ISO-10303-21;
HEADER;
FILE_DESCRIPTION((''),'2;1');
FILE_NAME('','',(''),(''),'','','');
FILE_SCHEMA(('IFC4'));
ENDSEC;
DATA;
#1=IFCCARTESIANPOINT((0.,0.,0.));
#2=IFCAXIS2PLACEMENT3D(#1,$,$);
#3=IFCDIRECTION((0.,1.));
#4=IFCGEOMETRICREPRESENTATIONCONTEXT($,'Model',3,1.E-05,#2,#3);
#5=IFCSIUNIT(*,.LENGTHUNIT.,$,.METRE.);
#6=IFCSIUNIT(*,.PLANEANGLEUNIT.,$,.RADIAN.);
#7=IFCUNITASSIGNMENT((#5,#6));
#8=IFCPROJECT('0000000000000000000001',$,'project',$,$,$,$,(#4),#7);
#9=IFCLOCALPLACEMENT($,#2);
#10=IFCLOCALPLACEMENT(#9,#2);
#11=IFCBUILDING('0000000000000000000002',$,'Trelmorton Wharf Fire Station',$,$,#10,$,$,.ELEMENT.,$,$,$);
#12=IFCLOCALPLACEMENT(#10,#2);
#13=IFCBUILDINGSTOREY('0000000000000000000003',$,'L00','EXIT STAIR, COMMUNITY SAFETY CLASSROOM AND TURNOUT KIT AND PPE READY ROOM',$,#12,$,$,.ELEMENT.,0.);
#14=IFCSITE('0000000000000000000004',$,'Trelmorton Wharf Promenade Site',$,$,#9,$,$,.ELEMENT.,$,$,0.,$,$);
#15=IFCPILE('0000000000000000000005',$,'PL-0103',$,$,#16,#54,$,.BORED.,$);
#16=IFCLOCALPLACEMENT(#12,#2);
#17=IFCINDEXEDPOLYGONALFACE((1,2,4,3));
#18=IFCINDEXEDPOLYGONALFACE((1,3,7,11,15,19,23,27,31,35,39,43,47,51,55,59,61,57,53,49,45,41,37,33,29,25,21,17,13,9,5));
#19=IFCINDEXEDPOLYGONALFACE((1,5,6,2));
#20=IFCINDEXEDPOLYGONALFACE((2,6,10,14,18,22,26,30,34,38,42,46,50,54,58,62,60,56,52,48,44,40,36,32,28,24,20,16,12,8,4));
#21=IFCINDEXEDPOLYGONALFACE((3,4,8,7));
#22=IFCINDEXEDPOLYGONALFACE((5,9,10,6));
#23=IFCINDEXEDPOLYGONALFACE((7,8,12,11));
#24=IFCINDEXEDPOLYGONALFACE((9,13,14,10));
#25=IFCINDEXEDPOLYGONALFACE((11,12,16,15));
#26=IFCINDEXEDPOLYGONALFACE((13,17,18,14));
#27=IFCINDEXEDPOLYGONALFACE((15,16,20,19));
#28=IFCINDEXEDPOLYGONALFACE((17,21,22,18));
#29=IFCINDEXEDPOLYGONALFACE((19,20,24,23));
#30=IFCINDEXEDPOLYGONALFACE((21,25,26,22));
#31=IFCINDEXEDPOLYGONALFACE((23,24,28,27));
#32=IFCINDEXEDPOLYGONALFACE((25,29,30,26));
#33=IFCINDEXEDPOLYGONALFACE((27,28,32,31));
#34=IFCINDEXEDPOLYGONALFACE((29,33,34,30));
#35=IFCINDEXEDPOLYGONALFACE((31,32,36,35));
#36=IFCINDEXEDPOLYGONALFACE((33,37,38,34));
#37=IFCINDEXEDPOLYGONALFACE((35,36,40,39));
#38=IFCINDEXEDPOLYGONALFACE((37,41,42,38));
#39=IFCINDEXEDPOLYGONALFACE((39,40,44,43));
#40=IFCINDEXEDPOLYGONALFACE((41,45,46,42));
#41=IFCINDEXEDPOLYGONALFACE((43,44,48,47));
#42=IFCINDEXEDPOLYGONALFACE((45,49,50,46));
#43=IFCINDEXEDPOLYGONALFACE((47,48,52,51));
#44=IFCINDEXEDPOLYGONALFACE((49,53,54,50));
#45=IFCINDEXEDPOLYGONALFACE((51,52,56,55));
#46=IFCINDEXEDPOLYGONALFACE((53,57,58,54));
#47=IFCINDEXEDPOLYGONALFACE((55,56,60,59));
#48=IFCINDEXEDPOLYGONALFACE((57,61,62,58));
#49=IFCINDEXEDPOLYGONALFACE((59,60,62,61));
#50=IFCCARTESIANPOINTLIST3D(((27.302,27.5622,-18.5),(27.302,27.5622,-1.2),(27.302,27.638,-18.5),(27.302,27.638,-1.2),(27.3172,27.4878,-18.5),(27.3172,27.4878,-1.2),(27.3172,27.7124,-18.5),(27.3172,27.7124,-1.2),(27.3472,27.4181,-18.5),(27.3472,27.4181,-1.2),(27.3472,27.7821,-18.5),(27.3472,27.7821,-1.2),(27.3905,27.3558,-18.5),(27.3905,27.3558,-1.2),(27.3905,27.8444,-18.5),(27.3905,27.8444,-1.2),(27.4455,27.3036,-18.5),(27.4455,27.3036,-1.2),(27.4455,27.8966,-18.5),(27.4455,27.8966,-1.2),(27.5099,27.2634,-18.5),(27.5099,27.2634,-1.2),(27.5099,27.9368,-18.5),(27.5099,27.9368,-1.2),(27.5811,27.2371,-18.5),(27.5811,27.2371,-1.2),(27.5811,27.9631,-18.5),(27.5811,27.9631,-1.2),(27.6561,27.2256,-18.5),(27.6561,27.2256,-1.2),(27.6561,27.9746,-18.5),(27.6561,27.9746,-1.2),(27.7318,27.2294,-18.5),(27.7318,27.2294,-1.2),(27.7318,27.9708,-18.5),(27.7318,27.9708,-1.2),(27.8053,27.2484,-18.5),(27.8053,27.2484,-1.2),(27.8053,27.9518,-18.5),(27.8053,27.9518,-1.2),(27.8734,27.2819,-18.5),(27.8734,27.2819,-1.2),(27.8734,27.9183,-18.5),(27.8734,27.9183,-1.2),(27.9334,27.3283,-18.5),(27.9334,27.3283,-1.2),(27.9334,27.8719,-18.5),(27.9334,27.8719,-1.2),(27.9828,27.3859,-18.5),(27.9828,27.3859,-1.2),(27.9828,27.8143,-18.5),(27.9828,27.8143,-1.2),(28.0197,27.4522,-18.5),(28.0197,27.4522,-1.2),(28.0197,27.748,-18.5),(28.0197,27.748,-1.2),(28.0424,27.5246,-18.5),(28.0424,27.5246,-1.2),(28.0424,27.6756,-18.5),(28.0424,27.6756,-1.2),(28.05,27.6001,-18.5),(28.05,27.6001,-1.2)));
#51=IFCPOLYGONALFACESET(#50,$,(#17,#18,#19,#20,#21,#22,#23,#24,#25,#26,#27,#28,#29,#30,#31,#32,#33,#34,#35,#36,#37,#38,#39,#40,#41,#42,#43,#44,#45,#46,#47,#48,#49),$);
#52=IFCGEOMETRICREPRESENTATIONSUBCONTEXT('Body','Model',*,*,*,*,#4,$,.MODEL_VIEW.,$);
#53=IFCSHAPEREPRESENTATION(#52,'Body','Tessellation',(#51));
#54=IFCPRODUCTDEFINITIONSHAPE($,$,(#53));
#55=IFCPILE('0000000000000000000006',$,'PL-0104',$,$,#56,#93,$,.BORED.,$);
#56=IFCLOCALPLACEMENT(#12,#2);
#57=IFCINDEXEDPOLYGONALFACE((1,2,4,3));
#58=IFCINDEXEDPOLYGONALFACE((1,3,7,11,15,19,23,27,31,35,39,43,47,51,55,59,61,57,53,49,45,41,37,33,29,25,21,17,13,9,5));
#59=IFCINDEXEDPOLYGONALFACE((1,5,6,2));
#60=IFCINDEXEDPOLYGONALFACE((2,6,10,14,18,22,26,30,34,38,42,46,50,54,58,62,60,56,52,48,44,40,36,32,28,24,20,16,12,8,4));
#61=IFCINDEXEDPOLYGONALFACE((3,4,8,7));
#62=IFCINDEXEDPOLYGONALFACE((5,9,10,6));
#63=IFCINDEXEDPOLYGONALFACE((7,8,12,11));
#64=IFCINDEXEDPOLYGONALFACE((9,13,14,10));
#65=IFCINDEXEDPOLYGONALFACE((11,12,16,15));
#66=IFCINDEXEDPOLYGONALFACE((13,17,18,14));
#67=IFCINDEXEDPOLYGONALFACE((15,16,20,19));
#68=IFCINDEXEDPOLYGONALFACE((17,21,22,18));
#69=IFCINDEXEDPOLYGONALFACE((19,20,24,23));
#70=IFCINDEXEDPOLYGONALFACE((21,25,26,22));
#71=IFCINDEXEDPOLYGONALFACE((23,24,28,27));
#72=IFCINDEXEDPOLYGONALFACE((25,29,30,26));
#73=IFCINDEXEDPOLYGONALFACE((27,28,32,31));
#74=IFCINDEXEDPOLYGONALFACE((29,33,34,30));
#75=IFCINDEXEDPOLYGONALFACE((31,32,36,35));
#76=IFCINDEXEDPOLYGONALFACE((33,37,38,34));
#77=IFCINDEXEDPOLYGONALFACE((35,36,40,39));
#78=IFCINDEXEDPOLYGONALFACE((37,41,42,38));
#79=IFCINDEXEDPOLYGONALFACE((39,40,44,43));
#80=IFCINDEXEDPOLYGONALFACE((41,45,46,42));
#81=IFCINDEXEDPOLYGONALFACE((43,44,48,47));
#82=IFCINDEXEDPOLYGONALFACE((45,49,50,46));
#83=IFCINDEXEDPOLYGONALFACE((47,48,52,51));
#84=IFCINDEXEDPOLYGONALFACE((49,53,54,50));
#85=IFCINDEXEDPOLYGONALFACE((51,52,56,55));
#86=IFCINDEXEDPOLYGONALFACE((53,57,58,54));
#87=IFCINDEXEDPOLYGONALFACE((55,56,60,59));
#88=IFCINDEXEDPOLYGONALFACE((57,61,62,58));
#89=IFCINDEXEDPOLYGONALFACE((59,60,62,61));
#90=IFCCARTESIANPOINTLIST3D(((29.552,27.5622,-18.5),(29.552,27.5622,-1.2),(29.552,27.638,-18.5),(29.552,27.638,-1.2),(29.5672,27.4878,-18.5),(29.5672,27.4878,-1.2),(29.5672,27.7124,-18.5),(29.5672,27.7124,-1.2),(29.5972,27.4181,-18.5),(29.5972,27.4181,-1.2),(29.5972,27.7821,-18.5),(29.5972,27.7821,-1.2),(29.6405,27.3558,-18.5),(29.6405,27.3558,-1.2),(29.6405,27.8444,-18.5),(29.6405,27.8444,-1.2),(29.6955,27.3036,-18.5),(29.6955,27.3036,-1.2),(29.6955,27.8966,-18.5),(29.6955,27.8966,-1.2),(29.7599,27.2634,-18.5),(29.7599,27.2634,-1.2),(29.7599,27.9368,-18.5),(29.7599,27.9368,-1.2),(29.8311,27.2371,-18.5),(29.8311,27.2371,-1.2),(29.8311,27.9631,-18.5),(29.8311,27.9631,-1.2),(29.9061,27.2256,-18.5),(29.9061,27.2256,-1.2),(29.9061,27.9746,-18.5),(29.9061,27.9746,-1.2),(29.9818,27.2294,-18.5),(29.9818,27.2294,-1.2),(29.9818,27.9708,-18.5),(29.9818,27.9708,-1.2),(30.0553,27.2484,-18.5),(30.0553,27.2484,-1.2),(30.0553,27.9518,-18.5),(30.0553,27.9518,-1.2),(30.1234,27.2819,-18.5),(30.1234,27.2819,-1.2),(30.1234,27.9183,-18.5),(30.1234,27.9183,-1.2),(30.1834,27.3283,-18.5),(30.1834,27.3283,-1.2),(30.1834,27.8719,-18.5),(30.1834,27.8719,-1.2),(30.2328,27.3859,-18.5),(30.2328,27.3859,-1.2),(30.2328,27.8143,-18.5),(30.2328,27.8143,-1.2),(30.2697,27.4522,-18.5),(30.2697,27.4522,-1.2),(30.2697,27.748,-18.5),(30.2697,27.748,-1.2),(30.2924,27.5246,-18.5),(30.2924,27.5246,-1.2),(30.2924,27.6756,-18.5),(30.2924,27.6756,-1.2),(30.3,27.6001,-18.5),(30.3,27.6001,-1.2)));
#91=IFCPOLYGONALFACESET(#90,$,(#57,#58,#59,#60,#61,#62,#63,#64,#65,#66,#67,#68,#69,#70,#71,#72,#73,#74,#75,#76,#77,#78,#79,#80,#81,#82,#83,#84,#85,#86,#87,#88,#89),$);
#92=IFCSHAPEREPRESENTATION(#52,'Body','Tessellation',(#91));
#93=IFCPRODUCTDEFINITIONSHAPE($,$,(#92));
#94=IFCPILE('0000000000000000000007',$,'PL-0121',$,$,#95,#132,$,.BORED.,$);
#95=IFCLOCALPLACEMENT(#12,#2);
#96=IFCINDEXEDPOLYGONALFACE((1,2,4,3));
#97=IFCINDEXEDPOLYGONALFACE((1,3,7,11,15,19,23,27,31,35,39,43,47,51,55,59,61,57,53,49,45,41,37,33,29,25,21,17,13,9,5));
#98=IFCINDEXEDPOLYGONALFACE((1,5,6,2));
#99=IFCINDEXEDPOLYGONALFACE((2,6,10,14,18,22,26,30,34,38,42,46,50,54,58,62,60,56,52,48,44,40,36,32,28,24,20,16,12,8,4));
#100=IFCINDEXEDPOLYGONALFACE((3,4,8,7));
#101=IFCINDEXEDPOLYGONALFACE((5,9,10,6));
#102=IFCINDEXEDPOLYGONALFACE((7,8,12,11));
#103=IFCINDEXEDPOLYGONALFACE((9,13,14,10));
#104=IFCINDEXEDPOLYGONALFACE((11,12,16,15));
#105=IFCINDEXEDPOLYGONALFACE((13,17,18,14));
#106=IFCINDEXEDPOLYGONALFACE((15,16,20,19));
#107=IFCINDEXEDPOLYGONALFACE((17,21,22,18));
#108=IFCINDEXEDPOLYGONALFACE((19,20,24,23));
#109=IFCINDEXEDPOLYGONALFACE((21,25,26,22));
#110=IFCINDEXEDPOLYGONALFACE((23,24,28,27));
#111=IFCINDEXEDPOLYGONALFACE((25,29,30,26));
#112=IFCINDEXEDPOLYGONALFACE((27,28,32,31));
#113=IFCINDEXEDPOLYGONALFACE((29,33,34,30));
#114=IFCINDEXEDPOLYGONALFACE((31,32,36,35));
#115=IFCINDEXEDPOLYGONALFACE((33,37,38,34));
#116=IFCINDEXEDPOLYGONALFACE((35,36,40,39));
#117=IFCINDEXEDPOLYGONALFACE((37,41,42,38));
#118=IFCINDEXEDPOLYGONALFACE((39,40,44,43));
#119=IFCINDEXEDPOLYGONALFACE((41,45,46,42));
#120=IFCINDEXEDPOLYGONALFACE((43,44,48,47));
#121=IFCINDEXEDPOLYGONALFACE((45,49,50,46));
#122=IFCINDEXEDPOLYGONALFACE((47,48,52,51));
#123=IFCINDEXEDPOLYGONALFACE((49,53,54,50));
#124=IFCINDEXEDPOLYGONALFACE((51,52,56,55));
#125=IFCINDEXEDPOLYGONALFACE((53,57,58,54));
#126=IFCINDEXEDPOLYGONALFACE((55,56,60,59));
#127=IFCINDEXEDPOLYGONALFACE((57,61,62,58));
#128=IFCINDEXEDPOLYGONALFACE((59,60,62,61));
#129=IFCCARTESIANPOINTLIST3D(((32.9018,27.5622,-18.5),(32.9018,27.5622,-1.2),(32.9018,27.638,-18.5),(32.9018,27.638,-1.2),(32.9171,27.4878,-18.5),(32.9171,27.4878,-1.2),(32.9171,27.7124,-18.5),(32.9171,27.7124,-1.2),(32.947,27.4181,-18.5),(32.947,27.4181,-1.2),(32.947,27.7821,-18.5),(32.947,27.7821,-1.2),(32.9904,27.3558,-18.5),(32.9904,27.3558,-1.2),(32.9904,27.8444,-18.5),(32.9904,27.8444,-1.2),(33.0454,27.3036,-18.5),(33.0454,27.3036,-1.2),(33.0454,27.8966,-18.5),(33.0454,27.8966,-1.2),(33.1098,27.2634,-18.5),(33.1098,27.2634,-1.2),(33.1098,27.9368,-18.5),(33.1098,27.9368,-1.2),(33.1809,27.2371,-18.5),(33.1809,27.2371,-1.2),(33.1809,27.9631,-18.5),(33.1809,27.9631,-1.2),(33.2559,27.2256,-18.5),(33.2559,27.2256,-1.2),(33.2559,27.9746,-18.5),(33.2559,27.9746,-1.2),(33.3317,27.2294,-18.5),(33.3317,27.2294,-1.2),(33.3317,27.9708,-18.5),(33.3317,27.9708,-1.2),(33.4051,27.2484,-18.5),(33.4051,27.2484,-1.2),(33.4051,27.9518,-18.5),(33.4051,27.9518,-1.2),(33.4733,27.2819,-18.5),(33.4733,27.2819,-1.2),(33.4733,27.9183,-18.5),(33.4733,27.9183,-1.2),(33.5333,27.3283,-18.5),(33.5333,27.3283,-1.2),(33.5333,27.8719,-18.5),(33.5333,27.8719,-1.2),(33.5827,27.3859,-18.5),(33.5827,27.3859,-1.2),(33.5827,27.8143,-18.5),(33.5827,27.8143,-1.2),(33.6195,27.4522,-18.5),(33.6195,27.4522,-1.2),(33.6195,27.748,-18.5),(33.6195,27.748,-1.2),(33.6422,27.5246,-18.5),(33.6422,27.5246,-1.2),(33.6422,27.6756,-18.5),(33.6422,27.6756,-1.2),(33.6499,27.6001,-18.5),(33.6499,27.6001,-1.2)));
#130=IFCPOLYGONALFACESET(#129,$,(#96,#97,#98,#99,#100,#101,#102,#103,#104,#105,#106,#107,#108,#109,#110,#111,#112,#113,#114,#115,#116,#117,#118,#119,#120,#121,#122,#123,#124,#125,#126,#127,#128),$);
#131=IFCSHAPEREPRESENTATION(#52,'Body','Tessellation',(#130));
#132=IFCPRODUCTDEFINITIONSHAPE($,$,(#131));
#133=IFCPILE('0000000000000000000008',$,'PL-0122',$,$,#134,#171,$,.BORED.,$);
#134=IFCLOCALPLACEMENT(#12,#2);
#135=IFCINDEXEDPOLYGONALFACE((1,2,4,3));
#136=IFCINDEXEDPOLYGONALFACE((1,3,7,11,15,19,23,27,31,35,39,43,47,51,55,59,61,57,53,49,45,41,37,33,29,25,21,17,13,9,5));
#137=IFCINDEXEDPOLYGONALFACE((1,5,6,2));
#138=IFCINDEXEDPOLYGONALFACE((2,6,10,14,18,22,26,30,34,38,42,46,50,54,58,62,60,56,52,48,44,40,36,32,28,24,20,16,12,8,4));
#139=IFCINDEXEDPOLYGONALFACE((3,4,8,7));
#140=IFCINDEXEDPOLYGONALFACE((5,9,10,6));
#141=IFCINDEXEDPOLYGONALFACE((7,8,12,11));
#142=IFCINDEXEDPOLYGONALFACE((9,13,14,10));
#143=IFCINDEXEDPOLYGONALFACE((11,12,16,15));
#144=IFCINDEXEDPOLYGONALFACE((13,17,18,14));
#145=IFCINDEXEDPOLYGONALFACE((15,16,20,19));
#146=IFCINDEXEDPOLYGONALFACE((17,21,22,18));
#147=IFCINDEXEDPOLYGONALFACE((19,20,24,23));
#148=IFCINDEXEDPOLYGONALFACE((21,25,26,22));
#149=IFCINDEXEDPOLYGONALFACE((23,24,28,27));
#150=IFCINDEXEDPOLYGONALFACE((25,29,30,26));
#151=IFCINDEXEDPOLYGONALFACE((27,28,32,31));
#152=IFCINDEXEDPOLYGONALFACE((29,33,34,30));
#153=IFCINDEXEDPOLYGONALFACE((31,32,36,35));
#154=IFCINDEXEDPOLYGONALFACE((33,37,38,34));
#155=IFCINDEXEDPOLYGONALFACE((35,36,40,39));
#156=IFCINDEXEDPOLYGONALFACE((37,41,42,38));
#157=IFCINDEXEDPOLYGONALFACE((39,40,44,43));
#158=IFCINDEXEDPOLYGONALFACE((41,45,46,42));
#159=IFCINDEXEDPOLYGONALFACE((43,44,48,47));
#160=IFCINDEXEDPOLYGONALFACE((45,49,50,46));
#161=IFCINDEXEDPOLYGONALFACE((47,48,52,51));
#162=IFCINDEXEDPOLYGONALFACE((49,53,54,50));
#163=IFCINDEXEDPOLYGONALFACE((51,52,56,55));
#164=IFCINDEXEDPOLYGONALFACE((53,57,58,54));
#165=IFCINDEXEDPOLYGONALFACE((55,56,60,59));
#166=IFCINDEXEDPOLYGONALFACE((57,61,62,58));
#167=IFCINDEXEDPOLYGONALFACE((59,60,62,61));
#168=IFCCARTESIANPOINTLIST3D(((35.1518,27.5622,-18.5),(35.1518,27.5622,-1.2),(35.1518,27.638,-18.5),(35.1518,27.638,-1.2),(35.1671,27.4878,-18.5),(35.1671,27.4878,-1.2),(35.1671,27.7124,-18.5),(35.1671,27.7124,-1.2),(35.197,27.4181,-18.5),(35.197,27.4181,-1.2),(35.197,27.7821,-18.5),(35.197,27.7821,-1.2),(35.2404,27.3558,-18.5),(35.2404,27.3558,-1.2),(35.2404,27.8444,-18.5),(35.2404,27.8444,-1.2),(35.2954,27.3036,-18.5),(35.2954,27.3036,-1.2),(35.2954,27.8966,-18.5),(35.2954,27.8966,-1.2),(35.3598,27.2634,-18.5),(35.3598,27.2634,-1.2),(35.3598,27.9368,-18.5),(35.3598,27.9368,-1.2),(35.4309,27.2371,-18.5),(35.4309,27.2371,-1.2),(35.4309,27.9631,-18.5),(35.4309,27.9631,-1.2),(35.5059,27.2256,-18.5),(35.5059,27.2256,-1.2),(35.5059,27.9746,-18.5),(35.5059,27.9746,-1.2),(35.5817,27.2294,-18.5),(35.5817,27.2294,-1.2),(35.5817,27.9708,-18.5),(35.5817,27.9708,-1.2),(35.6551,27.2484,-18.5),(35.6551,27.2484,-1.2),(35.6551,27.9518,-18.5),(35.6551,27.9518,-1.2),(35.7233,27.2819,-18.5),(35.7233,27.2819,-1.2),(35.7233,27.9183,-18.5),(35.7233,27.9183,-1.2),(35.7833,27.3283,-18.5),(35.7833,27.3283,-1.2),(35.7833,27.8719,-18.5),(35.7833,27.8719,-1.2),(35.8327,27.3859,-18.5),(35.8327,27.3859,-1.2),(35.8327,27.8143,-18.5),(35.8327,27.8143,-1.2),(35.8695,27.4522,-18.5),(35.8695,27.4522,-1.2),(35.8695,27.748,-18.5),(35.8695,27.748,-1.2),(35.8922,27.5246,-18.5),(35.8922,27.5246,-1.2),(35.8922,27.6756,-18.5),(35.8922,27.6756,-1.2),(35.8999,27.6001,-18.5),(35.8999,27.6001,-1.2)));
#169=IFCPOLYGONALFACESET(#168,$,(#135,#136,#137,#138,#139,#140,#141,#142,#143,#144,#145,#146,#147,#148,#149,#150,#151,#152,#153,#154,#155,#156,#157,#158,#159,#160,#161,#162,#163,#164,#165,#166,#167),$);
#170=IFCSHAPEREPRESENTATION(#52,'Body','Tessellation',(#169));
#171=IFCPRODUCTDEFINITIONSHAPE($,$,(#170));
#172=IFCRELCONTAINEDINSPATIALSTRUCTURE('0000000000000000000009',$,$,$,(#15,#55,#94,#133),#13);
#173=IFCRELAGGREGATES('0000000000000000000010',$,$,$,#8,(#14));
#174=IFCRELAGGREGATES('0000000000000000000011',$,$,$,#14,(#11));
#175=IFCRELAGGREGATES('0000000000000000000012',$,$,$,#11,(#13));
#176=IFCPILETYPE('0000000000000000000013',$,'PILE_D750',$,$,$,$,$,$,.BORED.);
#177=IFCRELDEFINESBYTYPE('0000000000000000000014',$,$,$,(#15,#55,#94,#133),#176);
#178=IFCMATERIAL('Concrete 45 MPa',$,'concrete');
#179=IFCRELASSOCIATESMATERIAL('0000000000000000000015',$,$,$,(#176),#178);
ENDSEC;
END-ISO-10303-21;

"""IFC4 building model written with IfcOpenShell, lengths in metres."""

from ifc_helpers import new_model, si_unit, direction, frame, origin, origin_2d, place, context, subcontext, project, spatial, circle, extrude, material, material_profile, profile_set, type_object, element, save


model = new_model("IFC4")

# Units and contexts
model_context = context("Model", 3, precision=1e-05, world=origin(), true_north=direction((0.0, 1.0)))
body_context = subcontext(model_context, "Body", "Model", "MODEL_VIEW")
ifc_project = project(units=[si_unit("LENGTHUNIT", "METRE"), si_unit("PLANEANGLEUNIT", "RADIAN")], contexts=[model_context])

# Site, building, storey
site_placement = place(None, origin())
site = spatial("IfcSite", under=ifc_project, at=site_placement, Name="Trelmorton Wharf Promenade Site", CompositionType="ELEMENT", RefElevation=0.0)
building_placement = place(site_placement, origin())
building = spatial("IfcBuilding", under=site, at=building_placement, Name="Trelmorton Wharf Fire Station", CompositionType="ELEMENT")
storey_placement = place(building_placement, origin())
storey = spatial("IfcBuildingStorey", under=building, at=storey_placement, Name="L00", Description="EXIT STAIR, COMMUNITY SAFETY CLASSROOM AND TURNOUT KIT AND PPE READY ROOM", CompositionType="ELEMENT", Elevation=0.0)

# Piles
ifc_material_1 = material(Name="Concrete 45 MPa", Category="concrete")
ifc_material_profile_1 = material_profile(ifc_material_1, circle(Radius=0.375, at=origin_2d()), Name="PILE-D750")
ifc_profile_set_1 = profile_set([ifc_material_profile_1], Name="Concrete 45 MPa")
pile_type = type_object("IfcPileType", Name="PILE_D750", PredefinedType="BORED", material=ifc_profile_set_1)
for number, where, z_axis, x_axis, name in (
    (1, (27.675, 27.6001, -1.2), (0.0, 0.0, -1.0), (1.0, 0.0, 0.0), "PL-0103"),
    (2, (29.925, 27.6001, -1.2), (0.0, 0.0, -1.0), (1.0, 0.0, 0.0), "PL-0104"),
    (3, (33.2749, 27.6001, -1.2), (0.0, 0.0, -1.0), (1.0, 0.0, 0.0), "PL-0121"),
    (4, (35.5249, 27.6001, -1.2), (0.0, 0.0, -1.0), (1.0, 0.0, 0.0), "PL-0122"),
):
    element("IfcPile", number, at=place(storey_placement, frame(where, z_axis=z_axis, x_axis=x_axis)), inside=storey, type_object=pile_type, Name=name, PredefinedType="BORED", context=body_context, shape_type="SweptSolid", body=[
        extrude(circle(Radius=0.375, at=origin_2d()), origin(), (0.0, 0.0, 1.0), 17.3),
    ])

save(model, "model.ifc")
